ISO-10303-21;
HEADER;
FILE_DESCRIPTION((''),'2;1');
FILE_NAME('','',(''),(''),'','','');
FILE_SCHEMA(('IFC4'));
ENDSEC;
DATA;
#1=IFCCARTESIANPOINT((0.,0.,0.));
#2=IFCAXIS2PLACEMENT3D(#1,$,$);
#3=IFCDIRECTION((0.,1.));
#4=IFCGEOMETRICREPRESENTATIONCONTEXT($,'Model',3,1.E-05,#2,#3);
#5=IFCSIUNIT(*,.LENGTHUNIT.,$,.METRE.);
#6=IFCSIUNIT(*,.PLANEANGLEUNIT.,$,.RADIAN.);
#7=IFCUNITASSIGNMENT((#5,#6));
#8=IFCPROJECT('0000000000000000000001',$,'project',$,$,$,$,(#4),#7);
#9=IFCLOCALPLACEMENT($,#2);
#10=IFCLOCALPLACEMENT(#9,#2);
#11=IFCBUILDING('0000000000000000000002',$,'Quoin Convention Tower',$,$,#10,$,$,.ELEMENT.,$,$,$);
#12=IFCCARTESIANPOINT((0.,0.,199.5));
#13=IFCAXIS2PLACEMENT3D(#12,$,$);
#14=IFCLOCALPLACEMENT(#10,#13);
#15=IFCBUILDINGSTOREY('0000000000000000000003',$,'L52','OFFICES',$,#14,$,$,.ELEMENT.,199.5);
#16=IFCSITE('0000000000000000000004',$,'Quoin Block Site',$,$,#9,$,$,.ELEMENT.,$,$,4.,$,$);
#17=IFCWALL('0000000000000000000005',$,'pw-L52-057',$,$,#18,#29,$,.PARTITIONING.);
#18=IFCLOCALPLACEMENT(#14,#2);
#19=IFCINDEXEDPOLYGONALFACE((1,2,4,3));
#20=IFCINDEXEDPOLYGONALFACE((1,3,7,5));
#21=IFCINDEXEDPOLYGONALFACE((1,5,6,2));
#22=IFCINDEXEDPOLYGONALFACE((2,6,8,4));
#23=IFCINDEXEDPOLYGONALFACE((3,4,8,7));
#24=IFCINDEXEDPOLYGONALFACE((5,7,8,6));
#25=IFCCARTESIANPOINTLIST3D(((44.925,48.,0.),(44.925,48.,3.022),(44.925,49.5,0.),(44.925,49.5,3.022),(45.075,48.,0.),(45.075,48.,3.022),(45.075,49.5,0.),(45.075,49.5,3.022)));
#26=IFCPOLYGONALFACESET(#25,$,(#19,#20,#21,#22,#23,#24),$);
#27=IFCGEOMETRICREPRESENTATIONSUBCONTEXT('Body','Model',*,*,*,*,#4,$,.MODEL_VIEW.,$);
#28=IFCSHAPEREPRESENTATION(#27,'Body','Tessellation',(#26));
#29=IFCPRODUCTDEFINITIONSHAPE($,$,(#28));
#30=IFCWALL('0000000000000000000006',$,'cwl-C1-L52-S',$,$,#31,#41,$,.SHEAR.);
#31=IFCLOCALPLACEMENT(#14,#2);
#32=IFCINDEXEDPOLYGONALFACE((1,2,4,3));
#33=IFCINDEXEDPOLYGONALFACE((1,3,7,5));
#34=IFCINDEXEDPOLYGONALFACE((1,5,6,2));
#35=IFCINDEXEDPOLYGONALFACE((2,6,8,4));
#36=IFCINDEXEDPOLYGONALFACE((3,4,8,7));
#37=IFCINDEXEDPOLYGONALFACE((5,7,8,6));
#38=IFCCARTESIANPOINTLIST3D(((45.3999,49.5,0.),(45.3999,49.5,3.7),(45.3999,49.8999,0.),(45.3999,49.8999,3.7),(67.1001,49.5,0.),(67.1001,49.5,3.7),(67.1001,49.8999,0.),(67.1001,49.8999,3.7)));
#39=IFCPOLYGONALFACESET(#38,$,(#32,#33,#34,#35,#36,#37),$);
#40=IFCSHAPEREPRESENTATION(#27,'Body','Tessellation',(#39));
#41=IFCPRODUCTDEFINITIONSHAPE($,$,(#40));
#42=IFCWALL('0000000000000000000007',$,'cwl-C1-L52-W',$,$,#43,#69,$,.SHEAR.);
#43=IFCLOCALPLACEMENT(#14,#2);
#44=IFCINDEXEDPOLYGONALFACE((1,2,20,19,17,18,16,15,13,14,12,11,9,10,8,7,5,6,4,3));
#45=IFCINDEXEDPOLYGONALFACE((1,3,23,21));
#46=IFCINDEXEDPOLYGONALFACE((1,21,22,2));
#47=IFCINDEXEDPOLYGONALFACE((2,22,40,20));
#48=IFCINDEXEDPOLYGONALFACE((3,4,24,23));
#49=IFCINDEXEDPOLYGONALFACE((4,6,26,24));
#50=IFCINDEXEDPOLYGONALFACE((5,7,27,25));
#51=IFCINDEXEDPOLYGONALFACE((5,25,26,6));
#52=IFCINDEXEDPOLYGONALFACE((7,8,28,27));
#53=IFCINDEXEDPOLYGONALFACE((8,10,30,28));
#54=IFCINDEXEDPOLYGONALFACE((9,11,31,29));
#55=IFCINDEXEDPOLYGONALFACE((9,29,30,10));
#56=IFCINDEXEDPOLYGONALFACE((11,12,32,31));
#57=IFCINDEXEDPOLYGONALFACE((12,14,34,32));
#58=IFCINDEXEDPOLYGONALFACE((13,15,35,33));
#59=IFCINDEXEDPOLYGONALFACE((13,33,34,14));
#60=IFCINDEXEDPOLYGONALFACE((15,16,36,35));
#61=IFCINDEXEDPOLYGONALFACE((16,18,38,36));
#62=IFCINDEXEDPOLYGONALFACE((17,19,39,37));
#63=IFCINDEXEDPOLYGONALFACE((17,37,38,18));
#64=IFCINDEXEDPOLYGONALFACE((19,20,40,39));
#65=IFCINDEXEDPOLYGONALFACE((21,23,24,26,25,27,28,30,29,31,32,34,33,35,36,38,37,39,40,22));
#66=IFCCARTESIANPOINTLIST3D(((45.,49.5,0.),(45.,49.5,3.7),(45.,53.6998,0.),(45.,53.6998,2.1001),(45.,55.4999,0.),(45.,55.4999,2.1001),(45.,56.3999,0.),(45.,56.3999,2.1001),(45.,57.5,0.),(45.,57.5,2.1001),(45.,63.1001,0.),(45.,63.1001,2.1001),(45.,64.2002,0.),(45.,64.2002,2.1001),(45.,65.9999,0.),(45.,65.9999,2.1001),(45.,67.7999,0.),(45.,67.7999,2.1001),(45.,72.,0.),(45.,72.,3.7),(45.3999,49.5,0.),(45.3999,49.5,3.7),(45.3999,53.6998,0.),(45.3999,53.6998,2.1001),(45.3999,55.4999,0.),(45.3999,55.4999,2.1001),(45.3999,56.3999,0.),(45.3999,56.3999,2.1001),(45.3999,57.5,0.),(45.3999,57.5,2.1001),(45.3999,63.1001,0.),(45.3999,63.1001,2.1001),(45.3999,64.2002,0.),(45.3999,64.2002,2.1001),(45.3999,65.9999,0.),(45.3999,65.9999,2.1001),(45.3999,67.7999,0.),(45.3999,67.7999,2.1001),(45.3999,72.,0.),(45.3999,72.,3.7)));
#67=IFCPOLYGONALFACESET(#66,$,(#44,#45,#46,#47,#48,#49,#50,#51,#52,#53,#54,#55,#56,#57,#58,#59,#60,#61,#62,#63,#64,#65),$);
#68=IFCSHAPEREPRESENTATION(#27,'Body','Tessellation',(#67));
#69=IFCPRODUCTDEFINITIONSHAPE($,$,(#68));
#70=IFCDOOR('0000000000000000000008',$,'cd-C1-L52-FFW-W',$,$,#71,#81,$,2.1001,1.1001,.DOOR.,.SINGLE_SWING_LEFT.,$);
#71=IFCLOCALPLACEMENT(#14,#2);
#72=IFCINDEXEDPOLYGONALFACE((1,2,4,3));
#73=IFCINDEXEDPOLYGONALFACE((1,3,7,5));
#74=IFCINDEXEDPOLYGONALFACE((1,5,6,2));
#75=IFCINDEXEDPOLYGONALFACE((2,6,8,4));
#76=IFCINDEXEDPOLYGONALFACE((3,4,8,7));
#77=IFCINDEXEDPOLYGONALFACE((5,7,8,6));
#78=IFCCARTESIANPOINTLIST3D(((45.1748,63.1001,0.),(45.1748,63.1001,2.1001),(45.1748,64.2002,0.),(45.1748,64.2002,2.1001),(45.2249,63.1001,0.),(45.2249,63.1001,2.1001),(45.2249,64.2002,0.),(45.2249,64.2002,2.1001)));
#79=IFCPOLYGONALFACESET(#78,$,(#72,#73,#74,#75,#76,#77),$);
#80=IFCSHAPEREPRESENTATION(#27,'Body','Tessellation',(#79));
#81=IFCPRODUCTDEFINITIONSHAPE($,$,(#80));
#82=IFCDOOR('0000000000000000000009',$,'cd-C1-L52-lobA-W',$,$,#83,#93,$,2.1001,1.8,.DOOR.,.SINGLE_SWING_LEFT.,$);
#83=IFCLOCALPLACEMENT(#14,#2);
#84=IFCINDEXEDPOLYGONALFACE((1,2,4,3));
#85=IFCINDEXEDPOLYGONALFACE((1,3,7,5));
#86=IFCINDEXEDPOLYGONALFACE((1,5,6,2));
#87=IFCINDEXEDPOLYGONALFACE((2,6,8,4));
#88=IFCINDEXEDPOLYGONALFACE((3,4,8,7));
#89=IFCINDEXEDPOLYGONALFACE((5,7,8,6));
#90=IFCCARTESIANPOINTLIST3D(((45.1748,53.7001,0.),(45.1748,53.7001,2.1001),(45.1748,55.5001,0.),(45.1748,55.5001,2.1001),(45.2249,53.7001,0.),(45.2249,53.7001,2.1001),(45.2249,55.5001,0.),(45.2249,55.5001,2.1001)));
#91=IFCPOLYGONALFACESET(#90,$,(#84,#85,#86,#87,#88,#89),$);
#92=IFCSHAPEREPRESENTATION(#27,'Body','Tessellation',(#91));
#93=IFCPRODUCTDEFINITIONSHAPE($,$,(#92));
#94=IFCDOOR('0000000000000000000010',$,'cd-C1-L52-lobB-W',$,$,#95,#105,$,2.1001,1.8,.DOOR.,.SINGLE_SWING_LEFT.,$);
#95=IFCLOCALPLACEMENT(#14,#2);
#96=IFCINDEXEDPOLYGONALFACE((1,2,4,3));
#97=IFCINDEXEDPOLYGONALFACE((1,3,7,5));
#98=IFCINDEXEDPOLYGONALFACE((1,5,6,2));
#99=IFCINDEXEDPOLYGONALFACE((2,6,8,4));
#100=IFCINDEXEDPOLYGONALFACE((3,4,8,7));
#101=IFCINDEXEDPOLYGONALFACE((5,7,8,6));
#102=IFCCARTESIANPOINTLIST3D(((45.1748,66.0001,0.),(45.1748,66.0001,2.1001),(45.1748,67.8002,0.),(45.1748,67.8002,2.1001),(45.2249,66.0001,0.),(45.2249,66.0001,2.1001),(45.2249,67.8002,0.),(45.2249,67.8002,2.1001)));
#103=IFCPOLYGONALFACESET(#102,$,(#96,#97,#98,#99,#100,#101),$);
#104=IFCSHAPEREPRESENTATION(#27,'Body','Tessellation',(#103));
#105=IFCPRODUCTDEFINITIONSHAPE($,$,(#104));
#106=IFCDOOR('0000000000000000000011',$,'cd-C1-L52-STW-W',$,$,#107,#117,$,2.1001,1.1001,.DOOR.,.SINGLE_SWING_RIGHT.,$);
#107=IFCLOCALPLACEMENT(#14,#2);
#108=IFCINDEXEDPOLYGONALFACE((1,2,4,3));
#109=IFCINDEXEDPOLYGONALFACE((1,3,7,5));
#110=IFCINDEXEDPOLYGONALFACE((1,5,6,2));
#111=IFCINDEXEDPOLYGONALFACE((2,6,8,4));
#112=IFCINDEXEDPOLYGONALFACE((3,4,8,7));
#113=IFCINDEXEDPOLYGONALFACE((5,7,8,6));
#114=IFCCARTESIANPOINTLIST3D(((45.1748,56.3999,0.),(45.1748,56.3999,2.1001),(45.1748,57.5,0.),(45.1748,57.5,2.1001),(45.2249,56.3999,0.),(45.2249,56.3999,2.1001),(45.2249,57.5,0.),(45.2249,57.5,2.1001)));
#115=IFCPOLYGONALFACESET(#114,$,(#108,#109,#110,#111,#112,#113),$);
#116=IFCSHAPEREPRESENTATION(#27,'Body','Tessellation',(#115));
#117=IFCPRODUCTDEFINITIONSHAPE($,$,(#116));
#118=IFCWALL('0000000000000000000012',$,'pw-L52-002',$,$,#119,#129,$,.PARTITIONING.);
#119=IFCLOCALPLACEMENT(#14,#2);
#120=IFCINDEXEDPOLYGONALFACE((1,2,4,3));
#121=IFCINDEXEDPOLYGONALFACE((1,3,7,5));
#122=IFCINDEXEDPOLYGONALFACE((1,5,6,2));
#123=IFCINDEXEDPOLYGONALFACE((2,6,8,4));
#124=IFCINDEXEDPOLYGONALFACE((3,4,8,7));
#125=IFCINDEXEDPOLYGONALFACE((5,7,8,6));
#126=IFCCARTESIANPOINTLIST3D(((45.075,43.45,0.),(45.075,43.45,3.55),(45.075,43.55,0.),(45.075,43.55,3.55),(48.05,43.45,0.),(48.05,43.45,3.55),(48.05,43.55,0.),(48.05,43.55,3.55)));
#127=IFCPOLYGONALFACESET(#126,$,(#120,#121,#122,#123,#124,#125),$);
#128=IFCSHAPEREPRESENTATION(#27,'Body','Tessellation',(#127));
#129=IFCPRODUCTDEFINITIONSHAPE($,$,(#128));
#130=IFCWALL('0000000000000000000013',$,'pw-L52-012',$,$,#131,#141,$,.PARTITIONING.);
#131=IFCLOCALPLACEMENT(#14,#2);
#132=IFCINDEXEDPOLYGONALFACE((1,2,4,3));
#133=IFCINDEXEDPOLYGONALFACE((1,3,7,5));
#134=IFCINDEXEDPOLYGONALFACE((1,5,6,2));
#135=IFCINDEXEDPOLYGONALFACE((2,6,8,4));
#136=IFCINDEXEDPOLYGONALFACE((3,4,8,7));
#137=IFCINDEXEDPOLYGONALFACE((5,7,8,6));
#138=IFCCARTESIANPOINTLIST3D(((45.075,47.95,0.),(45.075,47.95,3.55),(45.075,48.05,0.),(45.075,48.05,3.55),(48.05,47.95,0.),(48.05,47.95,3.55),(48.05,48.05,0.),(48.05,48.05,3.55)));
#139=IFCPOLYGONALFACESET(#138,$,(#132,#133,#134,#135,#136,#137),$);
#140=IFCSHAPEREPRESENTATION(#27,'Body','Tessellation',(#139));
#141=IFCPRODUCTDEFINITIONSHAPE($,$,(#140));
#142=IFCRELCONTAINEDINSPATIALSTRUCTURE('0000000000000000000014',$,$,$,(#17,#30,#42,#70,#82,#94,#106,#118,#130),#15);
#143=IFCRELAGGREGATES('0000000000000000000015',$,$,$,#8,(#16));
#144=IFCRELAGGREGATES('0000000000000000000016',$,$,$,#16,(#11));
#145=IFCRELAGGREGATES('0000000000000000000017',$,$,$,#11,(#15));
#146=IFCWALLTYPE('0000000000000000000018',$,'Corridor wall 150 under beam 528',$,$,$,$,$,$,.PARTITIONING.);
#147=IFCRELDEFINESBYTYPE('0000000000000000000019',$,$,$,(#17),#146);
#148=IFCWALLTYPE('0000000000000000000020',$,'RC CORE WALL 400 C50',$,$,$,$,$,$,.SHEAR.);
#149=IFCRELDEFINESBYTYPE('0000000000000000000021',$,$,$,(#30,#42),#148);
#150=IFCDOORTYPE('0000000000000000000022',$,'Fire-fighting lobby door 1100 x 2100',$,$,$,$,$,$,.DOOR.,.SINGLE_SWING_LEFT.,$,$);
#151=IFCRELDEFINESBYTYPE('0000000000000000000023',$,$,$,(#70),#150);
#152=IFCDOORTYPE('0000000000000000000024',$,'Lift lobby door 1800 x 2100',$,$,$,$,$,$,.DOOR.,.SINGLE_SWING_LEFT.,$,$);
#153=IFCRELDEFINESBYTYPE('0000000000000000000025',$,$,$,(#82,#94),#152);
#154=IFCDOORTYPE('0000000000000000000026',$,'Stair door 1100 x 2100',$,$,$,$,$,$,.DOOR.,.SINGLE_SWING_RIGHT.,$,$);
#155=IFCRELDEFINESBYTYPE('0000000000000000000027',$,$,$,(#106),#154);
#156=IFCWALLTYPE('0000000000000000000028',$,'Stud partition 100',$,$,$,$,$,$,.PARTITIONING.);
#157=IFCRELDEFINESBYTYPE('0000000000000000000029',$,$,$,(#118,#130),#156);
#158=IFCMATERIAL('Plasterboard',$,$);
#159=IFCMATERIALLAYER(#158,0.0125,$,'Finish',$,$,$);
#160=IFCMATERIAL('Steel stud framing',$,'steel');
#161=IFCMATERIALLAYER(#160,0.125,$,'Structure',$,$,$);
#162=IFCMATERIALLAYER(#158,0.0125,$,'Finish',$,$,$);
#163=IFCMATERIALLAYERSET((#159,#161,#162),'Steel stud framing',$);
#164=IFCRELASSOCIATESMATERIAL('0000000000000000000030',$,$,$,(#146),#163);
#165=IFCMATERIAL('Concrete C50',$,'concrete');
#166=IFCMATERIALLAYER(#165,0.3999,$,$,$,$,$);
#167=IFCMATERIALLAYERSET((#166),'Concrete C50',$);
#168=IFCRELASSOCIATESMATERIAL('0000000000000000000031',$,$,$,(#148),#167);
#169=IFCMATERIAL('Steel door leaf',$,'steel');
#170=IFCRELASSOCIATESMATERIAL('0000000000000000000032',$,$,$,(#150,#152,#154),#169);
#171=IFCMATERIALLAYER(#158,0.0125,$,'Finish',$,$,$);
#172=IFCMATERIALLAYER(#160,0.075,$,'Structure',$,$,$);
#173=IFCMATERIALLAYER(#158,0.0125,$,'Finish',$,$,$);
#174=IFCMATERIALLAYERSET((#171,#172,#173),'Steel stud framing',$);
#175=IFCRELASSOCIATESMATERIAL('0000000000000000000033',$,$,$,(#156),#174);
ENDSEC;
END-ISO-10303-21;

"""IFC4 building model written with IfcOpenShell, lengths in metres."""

from ifc_helpers import new_model, si_unit, direction, frame, frame_2d, origin, place, context, subcontext, project, spatial, rectangle, extrude, material, layer, layer_set, type_object, element, fill, save


model = new_model("IFC4")

# Units and contexts
model_context = context("Model", 3, precision=1e-05, world=origin(), true_north=direction((0.0, 1.0)))
body_context = subcontext(model_context, "Body", "Model", "MODEL_VIEW")
ifc_project = project(units=[si_unit("LENGTHUNIT", "METRE"), si_unit("PLANEANGLEUNIT", "RADIAN")], contexts=[model_context])

# Site, building, storey
site_placement = place(None, origin())
site = spatial("IfcSite", under=ifc_project, at=site_placement, Name="Quoin Block Site", CompositionType="ELEMENT", RefElevation=4.0)
building_placement = place(site_placement, origin())
building = spatial("IfcBuilding", under=site, at=building_placement, Name="Quoin Convention Tower", CompositionType="ELEMENT")
storey_placement = place(building_placement, frame((0.0, 0.0, 199.5)))
storey = spatial("IfcBuildingStorey", under=building, at=storey_placement, Name="L52", Description="OFFICES", CompositionType="ELEMENT", Elevation=199.5)

# Shared definitions
ifc_material_1 = material(Name="Plasterboard")
ifc_material_2 = material(Name="Steel stud framing", Category="steel")
ifc_material_3 = material(Name="Steel door leaf", Category="steel")

# Walls
ifc_material_4 = material(Name="Concrete C50", Category="concrete")
ifc_layer_1 = layer(ifc_material_1, 0.0125, Name="Finish")
ifc_layer_2 = layer(ifc_material_2, 0.125, Name="Structure")
ifc_layer_3 = layer(ifc_material_1, 0.0125, Name="Finish")
ifc_layer_set_1 = layer_set([ifc_layer_1, ifc_layer_2, ifc_layer_3], Name="Steel stud framing")
wall_type_1 = type_object("IfcWallType", Name="Corridor wall 150 under beam 528", PredefinedType="PARTITIONING", material=ifc_layer_set_1)
wall_1_placement = place(storey_placement, frame((45.0, 48.0, 0.0), z_axis=(0.0, 0.0, 1.0), x_axis=(0.0, 1.0, 0.0)))
element("IfcWall", 1, at=wall_1_placement, inside=storey, type_object=wall_type_1, Name="pw-L52-057", PredefinedType="PARTITIONING", context=body_context, shape_type="SweptSolid", body=[
    extrude(rectangle(XDim=1.5, YDim=0.1499, at=frame_2d((0.75, 0.0))), origin(), (0.0, 0.0, 1.0), 3.022),
])
ifc_layer_4 = layer(ifc_material_4, 0.3999)
ifc_layer_set_2 = layer_set([ifc_layer_4], Name="Concrete C50")
wall_type_2 = type_object("IfcWallType", Name="RC CORE WALL 400 C50", PredefinedType="SHEAR", material=ifc_layer_set_2)
wall_2_placement = place(storey_placement, frame((45.3999, 49.7, 0.0), z_axis=(0.0, 0.0, 1.0), x_axis=(1.0, 0.0, 0.0)))
element("IfcWall", 2, at=wall_2_placement, inside=storey, type_object=wall_type_2, Name="cwl-C1-L52-S", PredefinedType="SHEAR", context=body_context, shape_type="SweptSolid", body=[
    extrude(rectangle(XDim=21.7002, YDim=0.3999, at=frame_2d((10.8501, 0.0))), origin(), (0.0, 0.0, 1.0), 3.7),
])

# Wall, openings, doors
wall_3_placement = place(storey_placement, frame((45.2, 49.5, 0.0), z_axis=(0.0, 0.0, 1.0), x_axis=(0.0, 1.0, 0.0)))
wall_3 = element("IfcWall", 3, at=wall_3_placement, inside=storey, type_object=wall_type_2, Name="cwl-C1-L52-W", PredefinedType="SHEAR", context=body_context, shape_type="SweptSolid", body=[
    extrude(rectangle(XDim=22.5, YDim=0.3999, at=frame_2d((11.25, 0.0))), origin(), (0.0, 0.0, 1.0), 3.7),
])
opening_1_placement = place(wall_3_placement, frame((4.2, 0.0, 0.0)))
opening_1 = element("IfcOpeningElement", 4, at=opening_1_placement, cuts=wall_3, PredefinedType="OPENING", context=body_context, shape_type="SweptSolid", body=[
    extrude(rectangle(XDim=1.8, YDim=2.1001, at=frame_2d((0.8999, 1.05))), frame((0.0, 0.21, 0.0), z_axis=(0.0, -1.0, 0.0), x_axis=(1.0, 0.0, 0.0)), (0.0, 0.0, 1.0), 0.4199),
])
opening_2_placement = place(wall_3_placement, frame((6.8999, 0.0, 0.0)))
opening_2 = element("IfcOpeningElement", 5, at=opening_2_placement, cuts=wall_3, PredefinedType="OPENING", context=body_context, shape_type="SweptSolid", body=[
    extrude(rectangle(XDim=1.1001, YDim=2.1001, at=frame_2d((0.55, 1.05))), frame((0.0, 0.21, 0.0), z_axis=(0.0, -1.0, 0.0), x_axis=(1.0, 0.0, 0.0)), (0.0, 0.0, 1.0), 0.4199),
])
opening_3_placement = place(wall_3_placement, frame((13.6001, 0.0, 0.0)))
opening_3 = element("IfcOpeningElement", 6, at=opening_3_placement, cuts=wall_3, PredefinedType="OPENING", context=body_context, shape_type="SweptSolid", body=[
    extrude(rectangle(XDim=1.1001, YDim=2.1001, at=frame_2d((0.55, 1.05))), frame((0.0, 0.21, 0.0), z_axis=(0.0, -1.0, 0.0), x_axis=(1.0, 0.0, 0.0)), (0.0, 0.0, 1.0), 0.4199),
])
opening_4_placement = place(wall_3_placement, frame((16.5, 0.0, 0.0)))
opening_4 = element("IfcOpeningElement", 7, at=opening_4_placement, cuts=wall_3, PredefinedType="OPENING", context=body_context, shape_type="SweptSolid", body=[
    extrude(rectangle(XDim=1.8, YDim=2.1001, at=frame_2d((0.8999, 1.05))), frame((0.0, 0.21, 0.0), z_axis=(0.0, -1.0, 0.0), x_axis=(1.0, 0.0, 0.0)), (0.0, 0.0, 1.0), 0.4199),
])
door_type_1 = type_object("IfcDoorType", Name="Fire-fighting lobby door 1100 x 2100", OperationType="SINGLE_SWING_LEFT", PredefinedType="DOOR", material=ifc_material_3)
door_1_placement = place(opening_3_placement, frame((1.1001, 0.0, 0.0), z_axis=(0.0, 0.0, 1.0), x_axis=(-1.0, 0.0, 0.0)))
door_1 = element("IfcDoor", 8, at=door_1_placement, inside=storey, type_object=door_type_1, Name="cd-C1-L52-FFW-W", OperationType="SINGLE_SWING_LEFT", OverallHeight=2.1001, OverallWidth=1.1001, PredefinedType="DOOR", context=body_context, shape_type="SweptSolid", body=[
    extrude(rectangle(XDim=1.1001, YDim=2.1001, at=frame_2d((0.55, 1.05))), frame((0.0, 0.0249, 0.0), z_axis=(0.0, -1.0, 0.0), x_axis=(1.0, 0.0, 0.0)), (0.0, 0.0, 1.0), 0.05),
])
fill(opening_3, door_1)
door_type_2 = type_object("IfcDoorType", Name="Lift lobby door 1800 x 2100", OperationType="SINGLE_SWING_LEFT", PredefinedType="DOOR", material=ifc_material_3)
door_2_placement = place(opening_1_placement, frame((1.8, 0.0, 0.0), z_axis=(0.0, 0.0, 1.0), x_axis=(-1.0, 0.0, 0.0)))
door_2 = element("IfcDoor", 9, at=door_2_placement, inside=storey, type_object=door_type_2, Name="cd-C1-L52-lobA-W", OperationType="SINGLE_SWING_LEFT", OverallHeight=2.1001, OverallWidth=1.8, PredefinedType="DOOR", context=body_context, shape_type="SweptSolid", body=[
    extrude(rectangle(XDim=1.8, YDim=2.1001, at=frame_2d((0.8999, 1.05))), frame((0.0, 0.0249, 0.0), z_axis=(0.0, -1.0, 0.0), x_axis=(1.0, 0.0, 0.0)), (0.0, 0.0, 1.0), 0.05),
])
fill(opening_1, door_2)
door_3_placement = place(opening_4_placement, frame((1.8, 0.0, 0.0), z_axis=(0.0, 0.0, 1.0), x_axis=(-1.0, 0.0, 0.0)))
door_3 = element("IfcDoor", 10, at=door_3_placement, inside=storey, type_object=door_type_2, Name="cd-C1-L52-lobB-W", OperationType="SINGLE_SWING_LEFT", OverallHeight=2.1001, OverallWidth=1.8, PredefinedType="DOOR", context=body_context, shape_type="SweptSolid", body=[
    extrude(rectangle(XDim=1.8, YDim=2.1001, at=frame_2d((0.8999, 1.05))), frame((0.0, 0.0249, 0.0), z_axis=(0.0, -1.0, 0.0), x_axis=(1.0, 0.0, 0.0)), (0.0, 0.0, 1.0), 0.05),
])
fill(opening_4, door_3)
door_type_3 = type_object("IfcDoorType", Name="Stair door 1100 x 2100", OperationType="SINGLE_SWING_RIGHT", PredefinedType="DOOR", material=ifc_material_3)
door_4_placement = place(opening_2_placement, frame((1.1001, 0.0, 0.0), z_axis=(0.0, 0.0, 1.0), x_axis=(-1.0, 0.0, 0.0)))
door_4 = element("IfcDoor", 11, at=door_4_placement, inside=storey, type_object=door_type_3, Name="cd-C1-L52-STW-W", OperationType="SINGLE_SWING_RIGHT", OverallHeight=2.1001, OverallWidth=1.1001, PredefinedType="DOOR", context=body_context, shape_type="SweptSolid", body=[
    extrude(rectangle(XDim=1.1001, YDim=2.1001, at=frame_2d((0.55, 1.05))), frame((0.0, 0.0249, 0.0), z_axis=(0.0, -1.0, 0.0), x_axis=(1.0, 0.0, 0.0)), (0.0, 0.0, 1.0), 0.05),
])
fill(opening_2, door_4)

# Walls
ifc_layer_5 = layer(ifc_material_1, 0.0125, Name="Finish")
ifc_layer_6 = layer(ifc_material_2, 0.075, Name="Structure")
ifc_layer_7 = layer(ifc_material_1, 0.0125, Name="Finish")
ifc_layer_set_3 = layer_set([ifc_layer_5, ifc_layer_6, ifc_layer_7], Name="Steel stud framing")
wall_type_3 = type_object("IfcWallType", Name="Stud partition 100", PredefinedType="PARTITIONING", material=ifc_layer_set_3)
for number, where, z_axis, x_axis, name in (
    (12, (45.075, 43.5, 0.0), (0.0, 0.0, 1.0), (1.0, 0.0, 0.0), "pw-L52-002"),
    (13, (45.075, 48.0, 0.0), (0.0, 0.0, 1.0), (1.0, 0.0, 0.0), "pw-L52-012"),
):
    element("IfcWall", number, at=place(storey_placement, frame(where, z_axis=z_axis, x_axis=x_axis)), inside=storey, type_object=wall_type_3, Name=name, PredefinedType="PARTITIONING", context=body_context, shape_type="SweptSolid", body=[
        extrude(rectangle(XDim=2.9751, YDim=0.1001, at=frame_2d((1.4875, 0.0))), origin(), (0.0, 0.0, 1.0), 3.55),
    ])

save(model, "model.ifc")
